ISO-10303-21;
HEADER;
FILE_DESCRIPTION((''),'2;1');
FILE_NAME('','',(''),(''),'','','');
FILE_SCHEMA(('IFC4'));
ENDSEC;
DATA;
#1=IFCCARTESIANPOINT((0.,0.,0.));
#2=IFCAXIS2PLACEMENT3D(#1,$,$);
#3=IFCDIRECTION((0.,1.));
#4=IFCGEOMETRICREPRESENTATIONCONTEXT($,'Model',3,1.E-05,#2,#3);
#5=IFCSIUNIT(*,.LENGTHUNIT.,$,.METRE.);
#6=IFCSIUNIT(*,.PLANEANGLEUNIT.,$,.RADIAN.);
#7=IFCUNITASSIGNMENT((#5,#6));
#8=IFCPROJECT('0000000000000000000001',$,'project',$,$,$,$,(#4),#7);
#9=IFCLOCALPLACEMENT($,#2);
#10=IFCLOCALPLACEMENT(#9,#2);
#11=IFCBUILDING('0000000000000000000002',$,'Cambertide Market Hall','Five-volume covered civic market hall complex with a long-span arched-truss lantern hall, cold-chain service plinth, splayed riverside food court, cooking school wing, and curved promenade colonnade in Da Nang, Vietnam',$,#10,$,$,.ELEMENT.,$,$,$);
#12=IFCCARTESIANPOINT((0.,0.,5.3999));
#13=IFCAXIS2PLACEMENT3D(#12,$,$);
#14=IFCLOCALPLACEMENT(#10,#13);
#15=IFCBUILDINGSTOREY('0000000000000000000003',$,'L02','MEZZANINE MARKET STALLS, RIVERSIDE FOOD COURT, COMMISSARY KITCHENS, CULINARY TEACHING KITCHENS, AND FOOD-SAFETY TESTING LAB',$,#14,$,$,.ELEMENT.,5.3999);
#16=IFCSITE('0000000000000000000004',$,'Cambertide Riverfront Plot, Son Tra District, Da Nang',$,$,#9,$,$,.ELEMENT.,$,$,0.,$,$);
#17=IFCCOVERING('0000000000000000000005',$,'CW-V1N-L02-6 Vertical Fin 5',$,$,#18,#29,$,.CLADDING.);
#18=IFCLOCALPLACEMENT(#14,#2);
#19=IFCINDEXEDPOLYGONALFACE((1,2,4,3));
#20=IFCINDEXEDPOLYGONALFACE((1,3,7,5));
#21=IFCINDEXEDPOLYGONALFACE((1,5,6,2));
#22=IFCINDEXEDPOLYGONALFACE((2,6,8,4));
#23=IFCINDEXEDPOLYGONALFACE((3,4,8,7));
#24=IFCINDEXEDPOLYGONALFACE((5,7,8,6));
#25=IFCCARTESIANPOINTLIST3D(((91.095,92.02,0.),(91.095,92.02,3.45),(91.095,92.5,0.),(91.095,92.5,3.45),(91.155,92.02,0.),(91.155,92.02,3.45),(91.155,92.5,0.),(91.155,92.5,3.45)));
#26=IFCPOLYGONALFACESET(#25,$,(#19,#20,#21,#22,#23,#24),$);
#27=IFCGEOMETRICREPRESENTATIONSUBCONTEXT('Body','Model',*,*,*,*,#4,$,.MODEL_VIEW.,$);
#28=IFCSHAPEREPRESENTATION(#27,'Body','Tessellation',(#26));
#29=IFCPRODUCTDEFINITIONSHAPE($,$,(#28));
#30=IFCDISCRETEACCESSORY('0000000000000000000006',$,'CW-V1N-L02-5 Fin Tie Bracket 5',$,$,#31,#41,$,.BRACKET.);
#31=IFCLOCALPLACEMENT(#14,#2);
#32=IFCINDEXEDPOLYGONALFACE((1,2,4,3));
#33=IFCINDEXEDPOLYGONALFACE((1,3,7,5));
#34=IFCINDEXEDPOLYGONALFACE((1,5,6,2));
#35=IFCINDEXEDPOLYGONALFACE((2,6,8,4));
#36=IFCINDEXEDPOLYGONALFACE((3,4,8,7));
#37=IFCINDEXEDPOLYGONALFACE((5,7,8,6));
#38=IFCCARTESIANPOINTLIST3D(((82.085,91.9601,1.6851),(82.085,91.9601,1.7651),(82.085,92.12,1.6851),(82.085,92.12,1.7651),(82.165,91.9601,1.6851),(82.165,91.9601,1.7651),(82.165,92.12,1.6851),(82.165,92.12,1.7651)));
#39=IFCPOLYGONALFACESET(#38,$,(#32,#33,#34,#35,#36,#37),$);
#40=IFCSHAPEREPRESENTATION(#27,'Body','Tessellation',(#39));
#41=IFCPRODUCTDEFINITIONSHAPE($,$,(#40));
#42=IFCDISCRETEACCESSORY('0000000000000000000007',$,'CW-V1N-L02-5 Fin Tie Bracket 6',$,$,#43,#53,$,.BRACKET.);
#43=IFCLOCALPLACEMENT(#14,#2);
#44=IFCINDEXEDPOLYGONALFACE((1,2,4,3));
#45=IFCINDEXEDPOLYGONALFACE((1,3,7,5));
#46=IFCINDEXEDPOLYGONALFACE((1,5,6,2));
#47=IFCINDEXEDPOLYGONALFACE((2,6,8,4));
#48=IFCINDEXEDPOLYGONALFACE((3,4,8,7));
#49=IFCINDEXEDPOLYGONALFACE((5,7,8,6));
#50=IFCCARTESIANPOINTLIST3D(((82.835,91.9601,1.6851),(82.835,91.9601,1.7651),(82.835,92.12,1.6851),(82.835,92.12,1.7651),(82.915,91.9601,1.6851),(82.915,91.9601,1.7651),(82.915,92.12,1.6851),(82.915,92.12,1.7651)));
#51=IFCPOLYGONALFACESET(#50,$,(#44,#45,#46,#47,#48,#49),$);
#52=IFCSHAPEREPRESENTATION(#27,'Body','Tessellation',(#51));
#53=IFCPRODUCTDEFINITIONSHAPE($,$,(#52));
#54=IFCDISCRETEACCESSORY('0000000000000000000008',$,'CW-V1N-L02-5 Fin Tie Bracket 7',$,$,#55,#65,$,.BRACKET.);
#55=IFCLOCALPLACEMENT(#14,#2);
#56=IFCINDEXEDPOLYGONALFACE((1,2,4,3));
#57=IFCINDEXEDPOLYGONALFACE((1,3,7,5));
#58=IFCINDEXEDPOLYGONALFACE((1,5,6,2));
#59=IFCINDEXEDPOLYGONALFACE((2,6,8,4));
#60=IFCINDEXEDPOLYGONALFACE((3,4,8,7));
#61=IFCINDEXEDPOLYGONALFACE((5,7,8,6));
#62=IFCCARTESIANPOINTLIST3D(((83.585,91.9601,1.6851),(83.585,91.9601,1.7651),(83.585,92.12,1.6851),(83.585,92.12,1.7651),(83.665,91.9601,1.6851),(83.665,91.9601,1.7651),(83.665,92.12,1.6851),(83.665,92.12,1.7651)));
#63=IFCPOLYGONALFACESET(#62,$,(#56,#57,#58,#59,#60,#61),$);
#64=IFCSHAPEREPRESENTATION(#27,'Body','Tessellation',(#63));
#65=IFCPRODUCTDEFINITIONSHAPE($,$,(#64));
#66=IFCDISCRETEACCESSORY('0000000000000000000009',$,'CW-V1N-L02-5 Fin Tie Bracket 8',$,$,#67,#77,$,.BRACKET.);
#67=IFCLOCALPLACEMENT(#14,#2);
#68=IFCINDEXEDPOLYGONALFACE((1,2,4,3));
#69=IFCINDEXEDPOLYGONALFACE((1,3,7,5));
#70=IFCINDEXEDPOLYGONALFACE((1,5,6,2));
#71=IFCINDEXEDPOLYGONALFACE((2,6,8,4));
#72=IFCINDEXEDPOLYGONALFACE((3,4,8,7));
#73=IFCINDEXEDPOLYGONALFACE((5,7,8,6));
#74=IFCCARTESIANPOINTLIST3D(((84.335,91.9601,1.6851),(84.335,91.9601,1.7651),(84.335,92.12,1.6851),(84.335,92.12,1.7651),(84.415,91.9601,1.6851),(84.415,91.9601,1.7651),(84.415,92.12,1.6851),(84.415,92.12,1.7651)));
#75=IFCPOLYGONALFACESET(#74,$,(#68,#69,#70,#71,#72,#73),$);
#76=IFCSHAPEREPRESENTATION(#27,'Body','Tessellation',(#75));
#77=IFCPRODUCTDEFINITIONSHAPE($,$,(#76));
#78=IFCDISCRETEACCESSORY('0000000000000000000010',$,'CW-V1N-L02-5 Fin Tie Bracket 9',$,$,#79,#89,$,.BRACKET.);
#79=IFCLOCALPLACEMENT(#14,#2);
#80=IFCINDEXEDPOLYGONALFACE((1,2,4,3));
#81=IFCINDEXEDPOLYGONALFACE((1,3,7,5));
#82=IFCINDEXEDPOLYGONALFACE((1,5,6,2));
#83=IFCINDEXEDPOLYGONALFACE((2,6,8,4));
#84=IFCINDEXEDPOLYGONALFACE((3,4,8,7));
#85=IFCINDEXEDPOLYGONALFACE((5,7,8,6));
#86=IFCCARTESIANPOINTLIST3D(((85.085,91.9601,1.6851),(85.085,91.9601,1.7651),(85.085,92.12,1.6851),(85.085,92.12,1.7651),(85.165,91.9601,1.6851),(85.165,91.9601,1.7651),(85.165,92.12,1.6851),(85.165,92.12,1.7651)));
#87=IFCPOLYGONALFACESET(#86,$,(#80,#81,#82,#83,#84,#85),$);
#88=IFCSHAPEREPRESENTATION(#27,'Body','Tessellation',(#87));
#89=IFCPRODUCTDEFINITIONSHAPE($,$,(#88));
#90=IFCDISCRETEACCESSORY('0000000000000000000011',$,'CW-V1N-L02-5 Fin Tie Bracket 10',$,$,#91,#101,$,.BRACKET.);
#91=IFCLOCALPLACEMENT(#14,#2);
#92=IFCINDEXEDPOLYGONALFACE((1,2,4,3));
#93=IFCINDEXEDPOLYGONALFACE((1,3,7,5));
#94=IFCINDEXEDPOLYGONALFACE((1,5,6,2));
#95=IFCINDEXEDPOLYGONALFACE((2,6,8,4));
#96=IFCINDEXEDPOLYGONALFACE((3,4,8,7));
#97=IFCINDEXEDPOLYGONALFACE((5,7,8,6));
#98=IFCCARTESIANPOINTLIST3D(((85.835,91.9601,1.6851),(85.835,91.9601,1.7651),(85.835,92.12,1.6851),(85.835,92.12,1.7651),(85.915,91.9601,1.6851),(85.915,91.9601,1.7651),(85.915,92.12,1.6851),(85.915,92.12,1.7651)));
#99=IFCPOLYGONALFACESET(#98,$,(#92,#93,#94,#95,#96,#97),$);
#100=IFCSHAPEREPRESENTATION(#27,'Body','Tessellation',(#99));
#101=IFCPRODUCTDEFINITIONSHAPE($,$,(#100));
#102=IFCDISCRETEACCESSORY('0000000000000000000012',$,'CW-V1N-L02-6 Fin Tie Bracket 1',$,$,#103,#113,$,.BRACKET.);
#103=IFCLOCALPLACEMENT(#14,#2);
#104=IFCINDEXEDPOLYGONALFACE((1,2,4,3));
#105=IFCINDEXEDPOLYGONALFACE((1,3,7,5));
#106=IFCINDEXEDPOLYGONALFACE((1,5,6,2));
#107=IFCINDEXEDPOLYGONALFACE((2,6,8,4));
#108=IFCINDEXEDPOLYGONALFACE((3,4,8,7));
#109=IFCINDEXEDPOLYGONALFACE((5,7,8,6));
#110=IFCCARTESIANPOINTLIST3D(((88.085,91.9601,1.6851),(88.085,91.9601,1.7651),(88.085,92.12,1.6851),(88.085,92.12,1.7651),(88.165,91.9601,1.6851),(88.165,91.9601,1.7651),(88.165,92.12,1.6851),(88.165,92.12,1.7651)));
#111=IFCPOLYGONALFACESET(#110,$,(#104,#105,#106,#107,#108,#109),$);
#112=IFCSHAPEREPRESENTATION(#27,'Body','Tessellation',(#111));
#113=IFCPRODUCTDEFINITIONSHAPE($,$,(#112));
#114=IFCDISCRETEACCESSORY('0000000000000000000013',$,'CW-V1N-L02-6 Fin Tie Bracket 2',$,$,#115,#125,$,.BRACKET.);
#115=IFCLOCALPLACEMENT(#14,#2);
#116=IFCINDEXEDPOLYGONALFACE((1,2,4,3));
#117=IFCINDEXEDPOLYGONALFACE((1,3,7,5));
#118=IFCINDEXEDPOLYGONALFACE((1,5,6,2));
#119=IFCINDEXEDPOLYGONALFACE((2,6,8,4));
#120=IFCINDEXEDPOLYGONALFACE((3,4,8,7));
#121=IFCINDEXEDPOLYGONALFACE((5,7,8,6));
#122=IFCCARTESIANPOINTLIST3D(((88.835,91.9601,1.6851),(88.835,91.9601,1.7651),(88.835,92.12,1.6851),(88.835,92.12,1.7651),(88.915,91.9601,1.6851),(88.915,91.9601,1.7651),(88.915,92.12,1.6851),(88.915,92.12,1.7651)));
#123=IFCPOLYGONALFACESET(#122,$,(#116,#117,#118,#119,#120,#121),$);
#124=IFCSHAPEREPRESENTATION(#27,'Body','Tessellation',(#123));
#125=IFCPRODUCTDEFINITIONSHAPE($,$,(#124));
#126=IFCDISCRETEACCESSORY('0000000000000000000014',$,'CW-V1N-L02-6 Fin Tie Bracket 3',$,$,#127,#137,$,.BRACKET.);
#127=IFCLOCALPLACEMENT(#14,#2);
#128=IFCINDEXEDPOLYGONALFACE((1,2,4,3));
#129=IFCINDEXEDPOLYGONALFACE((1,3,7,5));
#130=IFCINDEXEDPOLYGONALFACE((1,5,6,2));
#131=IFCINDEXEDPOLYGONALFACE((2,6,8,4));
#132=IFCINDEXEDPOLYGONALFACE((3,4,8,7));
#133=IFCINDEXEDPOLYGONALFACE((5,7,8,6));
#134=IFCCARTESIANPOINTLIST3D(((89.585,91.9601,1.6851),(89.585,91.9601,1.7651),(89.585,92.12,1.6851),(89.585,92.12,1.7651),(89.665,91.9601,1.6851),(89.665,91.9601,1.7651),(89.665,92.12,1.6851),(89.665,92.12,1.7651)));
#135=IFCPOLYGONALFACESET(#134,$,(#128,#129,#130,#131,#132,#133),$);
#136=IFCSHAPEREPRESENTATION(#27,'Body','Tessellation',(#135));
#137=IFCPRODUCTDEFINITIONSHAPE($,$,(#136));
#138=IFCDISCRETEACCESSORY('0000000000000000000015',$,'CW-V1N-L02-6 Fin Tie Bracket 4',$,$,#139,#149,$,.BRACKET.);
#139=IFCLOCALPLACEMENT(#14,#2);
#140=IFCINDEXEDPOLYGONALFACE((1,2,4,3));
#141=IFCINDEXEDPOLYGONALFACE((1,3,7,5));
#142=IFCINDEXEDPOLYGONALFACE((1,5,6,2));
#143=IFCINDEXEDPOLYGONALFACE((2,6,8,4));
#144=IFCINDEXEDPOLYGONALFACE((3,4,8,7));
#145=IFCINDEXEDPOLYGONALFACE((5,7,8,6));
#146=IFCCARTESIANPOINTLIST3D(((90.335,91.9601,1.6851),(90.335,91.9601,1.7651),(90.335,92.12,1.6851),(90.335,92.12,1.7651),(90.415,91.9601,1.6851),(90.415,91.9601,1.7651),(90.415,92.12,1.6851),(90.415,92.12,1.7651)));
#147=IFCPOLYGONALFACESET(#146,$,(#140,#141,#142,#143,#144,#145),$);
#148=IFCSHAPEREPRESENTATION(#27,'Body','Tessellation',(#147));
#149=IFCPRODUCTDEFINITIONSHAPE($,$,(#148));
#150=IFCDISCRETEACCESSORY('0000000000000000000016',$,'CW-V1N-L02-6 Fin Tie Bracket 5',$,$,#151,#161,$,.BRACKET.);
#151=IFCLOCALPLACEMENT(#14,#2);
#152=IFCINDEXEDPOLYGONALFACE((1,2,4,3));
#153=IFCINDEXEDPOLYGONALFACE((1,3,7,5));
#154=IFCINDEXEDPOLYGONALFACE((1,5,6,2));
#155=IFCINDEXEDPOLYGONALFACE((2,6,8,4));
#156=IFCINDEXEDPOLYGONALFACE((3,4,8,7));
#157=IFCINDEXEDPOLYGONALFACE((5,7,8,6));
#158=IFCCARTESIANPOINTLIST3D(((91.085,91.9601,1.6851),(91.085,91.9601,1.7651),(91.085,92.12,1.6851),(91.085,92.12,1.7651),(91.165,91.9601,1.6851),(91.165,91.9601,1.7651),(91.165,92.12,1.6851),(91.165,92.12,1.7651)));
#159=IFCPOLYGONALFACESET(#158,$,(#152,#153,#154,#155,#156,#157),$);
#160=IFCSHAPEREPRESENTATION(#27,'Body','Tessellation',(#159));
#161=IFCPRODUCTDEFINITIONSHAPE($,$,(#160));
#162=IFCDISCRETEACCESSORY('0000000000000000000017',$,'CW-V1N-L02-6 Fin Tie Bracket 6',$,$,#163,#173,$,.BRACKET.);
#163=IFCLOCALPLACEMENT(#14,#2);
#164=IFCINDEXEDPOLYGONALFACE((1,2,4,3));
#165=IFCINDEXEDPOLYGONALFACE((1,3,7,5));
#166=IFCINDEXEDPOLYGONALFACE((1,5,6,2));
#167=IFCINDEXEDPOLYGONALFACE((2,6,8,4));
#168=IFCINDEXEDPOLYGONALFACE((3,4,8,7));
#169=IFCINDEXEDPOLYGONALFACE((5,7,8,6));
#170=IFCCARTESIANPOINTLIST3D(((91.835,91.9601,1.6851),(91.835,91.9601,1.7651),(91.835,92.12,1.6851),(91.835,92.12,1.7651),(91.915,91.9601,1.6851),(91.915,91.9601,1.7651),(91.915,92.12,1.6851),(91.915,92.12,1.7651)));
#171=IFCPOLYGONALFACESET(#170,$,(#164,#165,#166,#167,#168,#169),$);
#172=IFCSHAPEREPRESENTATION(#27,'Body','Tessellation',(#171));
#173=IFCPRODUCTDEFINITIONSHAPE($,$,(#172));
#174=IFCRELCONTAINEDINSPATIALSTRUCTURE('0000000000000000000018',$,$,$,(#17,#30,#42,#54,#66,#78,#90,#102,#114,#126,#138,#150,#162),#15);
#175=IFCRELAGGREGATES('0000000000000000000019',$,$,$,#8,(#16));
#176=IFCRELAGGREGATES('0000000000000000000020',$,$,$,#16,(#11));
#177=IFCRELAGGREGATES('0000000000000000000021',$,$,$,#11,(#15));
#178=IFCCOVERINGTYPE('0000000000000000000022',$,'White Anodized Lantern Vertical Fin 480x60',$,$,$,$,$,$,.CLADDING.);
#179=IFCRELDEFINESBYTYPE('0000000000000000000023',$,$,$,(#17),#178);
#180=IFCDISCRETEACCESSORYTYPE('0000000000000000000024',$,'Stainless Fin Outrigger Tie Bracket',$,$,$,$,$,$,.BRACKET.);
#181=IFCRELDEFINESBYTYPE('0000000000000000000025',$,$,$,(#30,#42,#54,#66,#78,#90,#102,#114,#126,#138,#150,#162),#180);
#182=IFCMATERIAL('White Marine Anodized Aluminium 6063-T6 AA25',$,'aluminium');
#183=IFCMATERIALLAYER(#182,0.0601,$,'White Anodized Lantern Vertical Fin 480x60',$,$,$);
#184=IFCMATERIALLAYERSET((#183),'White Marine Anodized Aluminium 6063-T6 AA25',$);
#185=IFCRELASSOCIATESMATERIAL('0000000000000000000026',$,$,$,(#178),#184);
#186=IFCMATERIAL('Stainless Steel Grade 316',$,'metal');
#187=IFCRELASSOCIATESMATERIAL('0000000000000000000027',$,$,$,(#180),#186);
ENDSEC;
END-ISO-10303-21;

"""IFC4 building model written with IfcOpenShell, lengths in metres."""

from ifc_helpers import new_model, si_unit, direction, frame, origin, origin_2d, place, context, subcontext, project, spatial, rectangle, extrude, material, layer, layer_set, type_object, element, save


model = new_model("IFC4")

# Units and contexts
model_context = context("Model", 3, precision=1e-05, world=origin(), true_north=direction((0.0, 1.0)))
body_context = subcontext(model_context, "Body", "Model", "MODEL_VIEW")
ifc_project = project(units=[si_unit("LENGTHUNIT", "METRE"), si_unit("PLANEANGLEUNIT", "RADIAN")], contexts=[model_context])

# Site, building, storey
site_placement = place(None, origin())
site = spatial("IfcSite", under=ifc_project, at=site_placement, Name="Cambertide Riverfront Plot, Son Tra District, Da Nang", CompositionType="ELEMENT", RefElevation=0.0)
building_placement = place(site_placement, origin())
building = spatial("IfcBuilding", under=site, at=building_placement, Name="Cambertide Market Hall", Description="Five-volume covered civic market hall complex with a long-span arched-truss lantern hall, cold-chain service plinth, splayed riverside food court, cooking school wing, and curved promenade colonnade in Da Nang, Vietnam", CompositionType="ELEMENT")
storey_placement = place(building_placement, frame((0.0, 0.0, 5.3999)))
storey = spatial("IfcBuildingStorey", under=building, at=storey_placement, Name="L02", Description="MEZZANINE MARKET STALLS, RIVERSIDE FOOD COURT, COMMISSARY KITCHENS, CULINARY TEACHING KITCHENS, AND FOOD-SAFETY TESTING LAB", CompositionType="ELEMENT", Elevation=5.3999)

# Covering
ifc_material_1 = material(Name="White Marine Anodized Aluminium 6063-T6 AA25", Category="aluminium")
ifc_layer_1 = layer(ifc_material_1, 0.0601, Name="White Anodized Lantern Vertical Fin 480x60")
ifc_layer_set_1 = layer_set([ifc_layer_1], Name="White Marine Anodized Aluminium 6063-T6 AA25")
covering_type = type_object("IfcCoveringType", Name="White Anodized Lantern Vertical Fin 480x60", PredefinedType="CLADDING", material=ifc_layer_set_1)
for number, where, z_axis, x_axis, name in (
    (1, (91.125, 92.26, 0.0), (0.0, 0.0, 1.0), (1.0, 0.0, 0.0), "CW-V1N-L02-6 Vertical Fin 5"),
):
    element("IfcCovering", number, at=place(storey_placement, frame(where, z_axis=z_axis, x_axis=x_axis)), inside=storey, type_object=covering_type, Name=name, PredefinedType="CLADDING", context=body_context, shape_type="SweptSolid", body=[
        extrude(rectangle(XDim=0.0601, YDim=0.48, at=origin_2d()), origin(), (0.0, 0.0, 1.0), 3.45),
    ])

# Discrete accessories
ifc_material_2 = material(Name="Stainless Steel Grade 316", Category="metal")
discrete_accessory_type = type_object("IfcDiscreteAccessoryType", Name="Stainless Fin Outrigger Tie Bracket", PredefinedType="BRACKET", material=ifc_material_2)
for number, where, z_axis, x_axis, name in (
    (2, (82.125, 92.04, 1.6851), (0.0, 0.0, 1.0), (1.0, 0.0, 0.0), "CW-V1N-L02-5 Fin Tie Bracket 5"),
    (3, (82.875, 92.04, 1.6851), (0.0, 0.0, 1.0), (1.0, 0.0, 0.0), "CW-V1N-L02-5 Fin Tie Bracket 6"),
    (4, (83.625, 92.04, 1.6851), (0.0, 0.0, 1.0), (1.0, 0.0, 0.0), "CW-V1N-L02-5 Fin Tie Bracket 7"),
    (5, (84.375, 92.04, 1.6851), (0.0, 0.0, 1.0), (1.0, 0.0, 0.0), "CW-V1N-L02-5 Fin Tie Bracket 8"),
    (6, (85.125, 92.04, 1.6851), (0.0, 0.0, 1.0), (1.0, 0.0, 0.0), "CW-V1N-L02-5 Fin Tie Bracket 9"),
    (7, (85.875, 92.04, 1.6851), (0.0, 0.0, 1.0), (1.0, 0.0, 0.0), "CW-V1N-L02-5 Fin Tie Bracket 10"),
    (8, (88.125, 92.04, 1.6851), (0.0, 0.0, 1.0), (1.0, 0.0, 0.0), "CW-V1N-L02-6 Fin Tie Bracket 1"),
    (9, (88.875, 92.04, 1.6851), (0.0, 0.0, 1.0), (1.0, 0.0, 0.0), "CW-V1N-L02-6 Fin Tie Bracket 2"),
    (10, (89.625, 92.04, 1.6851), (0.0, 0.0, 1.0), (1.0, 0.0, 0.0), "CW-V1N-L02-6 Fin Tie Bracket 3"),
    (11, (90.375, 92.04, 1.6851), (0.0, 0.0, 1.0), (1.0, 0.0, 0.0), "CW-V1N-L02-6 Fin Tie Bracket 4"),
    (12, (91.125, 92.04, 1.6851), (0.0, 0.0, 1.0), (1.0, 0.0, 0.0), "CW-V1N-L02-6 Fin Tie Bracket 5"),
    (13, (91.875, 92.04, 1.6851), (0.0, 0.0, 1.0), (1.0, 0.0, 0.0), "CW-V1N-L02-6 Fin Tie Bracket 6"),
):
    element("IfcDiscreteAccessory", number, at=place(storey_placement, frame(where, z_axis=z_axis, x_axis=x_axis)), inside=storey, type_object=discrete_accessory_type, Name=name, PredefinedType="BRACKET", context=body_context, shape_type="SweptSolid", body=[
        extrude(rectangle(XDim=0.0801, YDim=0.1599, at=origin_2d()), origin(), (0.0, 0.0, 1.0), 0.0801),
    ])

save(model, "model.ifc")
